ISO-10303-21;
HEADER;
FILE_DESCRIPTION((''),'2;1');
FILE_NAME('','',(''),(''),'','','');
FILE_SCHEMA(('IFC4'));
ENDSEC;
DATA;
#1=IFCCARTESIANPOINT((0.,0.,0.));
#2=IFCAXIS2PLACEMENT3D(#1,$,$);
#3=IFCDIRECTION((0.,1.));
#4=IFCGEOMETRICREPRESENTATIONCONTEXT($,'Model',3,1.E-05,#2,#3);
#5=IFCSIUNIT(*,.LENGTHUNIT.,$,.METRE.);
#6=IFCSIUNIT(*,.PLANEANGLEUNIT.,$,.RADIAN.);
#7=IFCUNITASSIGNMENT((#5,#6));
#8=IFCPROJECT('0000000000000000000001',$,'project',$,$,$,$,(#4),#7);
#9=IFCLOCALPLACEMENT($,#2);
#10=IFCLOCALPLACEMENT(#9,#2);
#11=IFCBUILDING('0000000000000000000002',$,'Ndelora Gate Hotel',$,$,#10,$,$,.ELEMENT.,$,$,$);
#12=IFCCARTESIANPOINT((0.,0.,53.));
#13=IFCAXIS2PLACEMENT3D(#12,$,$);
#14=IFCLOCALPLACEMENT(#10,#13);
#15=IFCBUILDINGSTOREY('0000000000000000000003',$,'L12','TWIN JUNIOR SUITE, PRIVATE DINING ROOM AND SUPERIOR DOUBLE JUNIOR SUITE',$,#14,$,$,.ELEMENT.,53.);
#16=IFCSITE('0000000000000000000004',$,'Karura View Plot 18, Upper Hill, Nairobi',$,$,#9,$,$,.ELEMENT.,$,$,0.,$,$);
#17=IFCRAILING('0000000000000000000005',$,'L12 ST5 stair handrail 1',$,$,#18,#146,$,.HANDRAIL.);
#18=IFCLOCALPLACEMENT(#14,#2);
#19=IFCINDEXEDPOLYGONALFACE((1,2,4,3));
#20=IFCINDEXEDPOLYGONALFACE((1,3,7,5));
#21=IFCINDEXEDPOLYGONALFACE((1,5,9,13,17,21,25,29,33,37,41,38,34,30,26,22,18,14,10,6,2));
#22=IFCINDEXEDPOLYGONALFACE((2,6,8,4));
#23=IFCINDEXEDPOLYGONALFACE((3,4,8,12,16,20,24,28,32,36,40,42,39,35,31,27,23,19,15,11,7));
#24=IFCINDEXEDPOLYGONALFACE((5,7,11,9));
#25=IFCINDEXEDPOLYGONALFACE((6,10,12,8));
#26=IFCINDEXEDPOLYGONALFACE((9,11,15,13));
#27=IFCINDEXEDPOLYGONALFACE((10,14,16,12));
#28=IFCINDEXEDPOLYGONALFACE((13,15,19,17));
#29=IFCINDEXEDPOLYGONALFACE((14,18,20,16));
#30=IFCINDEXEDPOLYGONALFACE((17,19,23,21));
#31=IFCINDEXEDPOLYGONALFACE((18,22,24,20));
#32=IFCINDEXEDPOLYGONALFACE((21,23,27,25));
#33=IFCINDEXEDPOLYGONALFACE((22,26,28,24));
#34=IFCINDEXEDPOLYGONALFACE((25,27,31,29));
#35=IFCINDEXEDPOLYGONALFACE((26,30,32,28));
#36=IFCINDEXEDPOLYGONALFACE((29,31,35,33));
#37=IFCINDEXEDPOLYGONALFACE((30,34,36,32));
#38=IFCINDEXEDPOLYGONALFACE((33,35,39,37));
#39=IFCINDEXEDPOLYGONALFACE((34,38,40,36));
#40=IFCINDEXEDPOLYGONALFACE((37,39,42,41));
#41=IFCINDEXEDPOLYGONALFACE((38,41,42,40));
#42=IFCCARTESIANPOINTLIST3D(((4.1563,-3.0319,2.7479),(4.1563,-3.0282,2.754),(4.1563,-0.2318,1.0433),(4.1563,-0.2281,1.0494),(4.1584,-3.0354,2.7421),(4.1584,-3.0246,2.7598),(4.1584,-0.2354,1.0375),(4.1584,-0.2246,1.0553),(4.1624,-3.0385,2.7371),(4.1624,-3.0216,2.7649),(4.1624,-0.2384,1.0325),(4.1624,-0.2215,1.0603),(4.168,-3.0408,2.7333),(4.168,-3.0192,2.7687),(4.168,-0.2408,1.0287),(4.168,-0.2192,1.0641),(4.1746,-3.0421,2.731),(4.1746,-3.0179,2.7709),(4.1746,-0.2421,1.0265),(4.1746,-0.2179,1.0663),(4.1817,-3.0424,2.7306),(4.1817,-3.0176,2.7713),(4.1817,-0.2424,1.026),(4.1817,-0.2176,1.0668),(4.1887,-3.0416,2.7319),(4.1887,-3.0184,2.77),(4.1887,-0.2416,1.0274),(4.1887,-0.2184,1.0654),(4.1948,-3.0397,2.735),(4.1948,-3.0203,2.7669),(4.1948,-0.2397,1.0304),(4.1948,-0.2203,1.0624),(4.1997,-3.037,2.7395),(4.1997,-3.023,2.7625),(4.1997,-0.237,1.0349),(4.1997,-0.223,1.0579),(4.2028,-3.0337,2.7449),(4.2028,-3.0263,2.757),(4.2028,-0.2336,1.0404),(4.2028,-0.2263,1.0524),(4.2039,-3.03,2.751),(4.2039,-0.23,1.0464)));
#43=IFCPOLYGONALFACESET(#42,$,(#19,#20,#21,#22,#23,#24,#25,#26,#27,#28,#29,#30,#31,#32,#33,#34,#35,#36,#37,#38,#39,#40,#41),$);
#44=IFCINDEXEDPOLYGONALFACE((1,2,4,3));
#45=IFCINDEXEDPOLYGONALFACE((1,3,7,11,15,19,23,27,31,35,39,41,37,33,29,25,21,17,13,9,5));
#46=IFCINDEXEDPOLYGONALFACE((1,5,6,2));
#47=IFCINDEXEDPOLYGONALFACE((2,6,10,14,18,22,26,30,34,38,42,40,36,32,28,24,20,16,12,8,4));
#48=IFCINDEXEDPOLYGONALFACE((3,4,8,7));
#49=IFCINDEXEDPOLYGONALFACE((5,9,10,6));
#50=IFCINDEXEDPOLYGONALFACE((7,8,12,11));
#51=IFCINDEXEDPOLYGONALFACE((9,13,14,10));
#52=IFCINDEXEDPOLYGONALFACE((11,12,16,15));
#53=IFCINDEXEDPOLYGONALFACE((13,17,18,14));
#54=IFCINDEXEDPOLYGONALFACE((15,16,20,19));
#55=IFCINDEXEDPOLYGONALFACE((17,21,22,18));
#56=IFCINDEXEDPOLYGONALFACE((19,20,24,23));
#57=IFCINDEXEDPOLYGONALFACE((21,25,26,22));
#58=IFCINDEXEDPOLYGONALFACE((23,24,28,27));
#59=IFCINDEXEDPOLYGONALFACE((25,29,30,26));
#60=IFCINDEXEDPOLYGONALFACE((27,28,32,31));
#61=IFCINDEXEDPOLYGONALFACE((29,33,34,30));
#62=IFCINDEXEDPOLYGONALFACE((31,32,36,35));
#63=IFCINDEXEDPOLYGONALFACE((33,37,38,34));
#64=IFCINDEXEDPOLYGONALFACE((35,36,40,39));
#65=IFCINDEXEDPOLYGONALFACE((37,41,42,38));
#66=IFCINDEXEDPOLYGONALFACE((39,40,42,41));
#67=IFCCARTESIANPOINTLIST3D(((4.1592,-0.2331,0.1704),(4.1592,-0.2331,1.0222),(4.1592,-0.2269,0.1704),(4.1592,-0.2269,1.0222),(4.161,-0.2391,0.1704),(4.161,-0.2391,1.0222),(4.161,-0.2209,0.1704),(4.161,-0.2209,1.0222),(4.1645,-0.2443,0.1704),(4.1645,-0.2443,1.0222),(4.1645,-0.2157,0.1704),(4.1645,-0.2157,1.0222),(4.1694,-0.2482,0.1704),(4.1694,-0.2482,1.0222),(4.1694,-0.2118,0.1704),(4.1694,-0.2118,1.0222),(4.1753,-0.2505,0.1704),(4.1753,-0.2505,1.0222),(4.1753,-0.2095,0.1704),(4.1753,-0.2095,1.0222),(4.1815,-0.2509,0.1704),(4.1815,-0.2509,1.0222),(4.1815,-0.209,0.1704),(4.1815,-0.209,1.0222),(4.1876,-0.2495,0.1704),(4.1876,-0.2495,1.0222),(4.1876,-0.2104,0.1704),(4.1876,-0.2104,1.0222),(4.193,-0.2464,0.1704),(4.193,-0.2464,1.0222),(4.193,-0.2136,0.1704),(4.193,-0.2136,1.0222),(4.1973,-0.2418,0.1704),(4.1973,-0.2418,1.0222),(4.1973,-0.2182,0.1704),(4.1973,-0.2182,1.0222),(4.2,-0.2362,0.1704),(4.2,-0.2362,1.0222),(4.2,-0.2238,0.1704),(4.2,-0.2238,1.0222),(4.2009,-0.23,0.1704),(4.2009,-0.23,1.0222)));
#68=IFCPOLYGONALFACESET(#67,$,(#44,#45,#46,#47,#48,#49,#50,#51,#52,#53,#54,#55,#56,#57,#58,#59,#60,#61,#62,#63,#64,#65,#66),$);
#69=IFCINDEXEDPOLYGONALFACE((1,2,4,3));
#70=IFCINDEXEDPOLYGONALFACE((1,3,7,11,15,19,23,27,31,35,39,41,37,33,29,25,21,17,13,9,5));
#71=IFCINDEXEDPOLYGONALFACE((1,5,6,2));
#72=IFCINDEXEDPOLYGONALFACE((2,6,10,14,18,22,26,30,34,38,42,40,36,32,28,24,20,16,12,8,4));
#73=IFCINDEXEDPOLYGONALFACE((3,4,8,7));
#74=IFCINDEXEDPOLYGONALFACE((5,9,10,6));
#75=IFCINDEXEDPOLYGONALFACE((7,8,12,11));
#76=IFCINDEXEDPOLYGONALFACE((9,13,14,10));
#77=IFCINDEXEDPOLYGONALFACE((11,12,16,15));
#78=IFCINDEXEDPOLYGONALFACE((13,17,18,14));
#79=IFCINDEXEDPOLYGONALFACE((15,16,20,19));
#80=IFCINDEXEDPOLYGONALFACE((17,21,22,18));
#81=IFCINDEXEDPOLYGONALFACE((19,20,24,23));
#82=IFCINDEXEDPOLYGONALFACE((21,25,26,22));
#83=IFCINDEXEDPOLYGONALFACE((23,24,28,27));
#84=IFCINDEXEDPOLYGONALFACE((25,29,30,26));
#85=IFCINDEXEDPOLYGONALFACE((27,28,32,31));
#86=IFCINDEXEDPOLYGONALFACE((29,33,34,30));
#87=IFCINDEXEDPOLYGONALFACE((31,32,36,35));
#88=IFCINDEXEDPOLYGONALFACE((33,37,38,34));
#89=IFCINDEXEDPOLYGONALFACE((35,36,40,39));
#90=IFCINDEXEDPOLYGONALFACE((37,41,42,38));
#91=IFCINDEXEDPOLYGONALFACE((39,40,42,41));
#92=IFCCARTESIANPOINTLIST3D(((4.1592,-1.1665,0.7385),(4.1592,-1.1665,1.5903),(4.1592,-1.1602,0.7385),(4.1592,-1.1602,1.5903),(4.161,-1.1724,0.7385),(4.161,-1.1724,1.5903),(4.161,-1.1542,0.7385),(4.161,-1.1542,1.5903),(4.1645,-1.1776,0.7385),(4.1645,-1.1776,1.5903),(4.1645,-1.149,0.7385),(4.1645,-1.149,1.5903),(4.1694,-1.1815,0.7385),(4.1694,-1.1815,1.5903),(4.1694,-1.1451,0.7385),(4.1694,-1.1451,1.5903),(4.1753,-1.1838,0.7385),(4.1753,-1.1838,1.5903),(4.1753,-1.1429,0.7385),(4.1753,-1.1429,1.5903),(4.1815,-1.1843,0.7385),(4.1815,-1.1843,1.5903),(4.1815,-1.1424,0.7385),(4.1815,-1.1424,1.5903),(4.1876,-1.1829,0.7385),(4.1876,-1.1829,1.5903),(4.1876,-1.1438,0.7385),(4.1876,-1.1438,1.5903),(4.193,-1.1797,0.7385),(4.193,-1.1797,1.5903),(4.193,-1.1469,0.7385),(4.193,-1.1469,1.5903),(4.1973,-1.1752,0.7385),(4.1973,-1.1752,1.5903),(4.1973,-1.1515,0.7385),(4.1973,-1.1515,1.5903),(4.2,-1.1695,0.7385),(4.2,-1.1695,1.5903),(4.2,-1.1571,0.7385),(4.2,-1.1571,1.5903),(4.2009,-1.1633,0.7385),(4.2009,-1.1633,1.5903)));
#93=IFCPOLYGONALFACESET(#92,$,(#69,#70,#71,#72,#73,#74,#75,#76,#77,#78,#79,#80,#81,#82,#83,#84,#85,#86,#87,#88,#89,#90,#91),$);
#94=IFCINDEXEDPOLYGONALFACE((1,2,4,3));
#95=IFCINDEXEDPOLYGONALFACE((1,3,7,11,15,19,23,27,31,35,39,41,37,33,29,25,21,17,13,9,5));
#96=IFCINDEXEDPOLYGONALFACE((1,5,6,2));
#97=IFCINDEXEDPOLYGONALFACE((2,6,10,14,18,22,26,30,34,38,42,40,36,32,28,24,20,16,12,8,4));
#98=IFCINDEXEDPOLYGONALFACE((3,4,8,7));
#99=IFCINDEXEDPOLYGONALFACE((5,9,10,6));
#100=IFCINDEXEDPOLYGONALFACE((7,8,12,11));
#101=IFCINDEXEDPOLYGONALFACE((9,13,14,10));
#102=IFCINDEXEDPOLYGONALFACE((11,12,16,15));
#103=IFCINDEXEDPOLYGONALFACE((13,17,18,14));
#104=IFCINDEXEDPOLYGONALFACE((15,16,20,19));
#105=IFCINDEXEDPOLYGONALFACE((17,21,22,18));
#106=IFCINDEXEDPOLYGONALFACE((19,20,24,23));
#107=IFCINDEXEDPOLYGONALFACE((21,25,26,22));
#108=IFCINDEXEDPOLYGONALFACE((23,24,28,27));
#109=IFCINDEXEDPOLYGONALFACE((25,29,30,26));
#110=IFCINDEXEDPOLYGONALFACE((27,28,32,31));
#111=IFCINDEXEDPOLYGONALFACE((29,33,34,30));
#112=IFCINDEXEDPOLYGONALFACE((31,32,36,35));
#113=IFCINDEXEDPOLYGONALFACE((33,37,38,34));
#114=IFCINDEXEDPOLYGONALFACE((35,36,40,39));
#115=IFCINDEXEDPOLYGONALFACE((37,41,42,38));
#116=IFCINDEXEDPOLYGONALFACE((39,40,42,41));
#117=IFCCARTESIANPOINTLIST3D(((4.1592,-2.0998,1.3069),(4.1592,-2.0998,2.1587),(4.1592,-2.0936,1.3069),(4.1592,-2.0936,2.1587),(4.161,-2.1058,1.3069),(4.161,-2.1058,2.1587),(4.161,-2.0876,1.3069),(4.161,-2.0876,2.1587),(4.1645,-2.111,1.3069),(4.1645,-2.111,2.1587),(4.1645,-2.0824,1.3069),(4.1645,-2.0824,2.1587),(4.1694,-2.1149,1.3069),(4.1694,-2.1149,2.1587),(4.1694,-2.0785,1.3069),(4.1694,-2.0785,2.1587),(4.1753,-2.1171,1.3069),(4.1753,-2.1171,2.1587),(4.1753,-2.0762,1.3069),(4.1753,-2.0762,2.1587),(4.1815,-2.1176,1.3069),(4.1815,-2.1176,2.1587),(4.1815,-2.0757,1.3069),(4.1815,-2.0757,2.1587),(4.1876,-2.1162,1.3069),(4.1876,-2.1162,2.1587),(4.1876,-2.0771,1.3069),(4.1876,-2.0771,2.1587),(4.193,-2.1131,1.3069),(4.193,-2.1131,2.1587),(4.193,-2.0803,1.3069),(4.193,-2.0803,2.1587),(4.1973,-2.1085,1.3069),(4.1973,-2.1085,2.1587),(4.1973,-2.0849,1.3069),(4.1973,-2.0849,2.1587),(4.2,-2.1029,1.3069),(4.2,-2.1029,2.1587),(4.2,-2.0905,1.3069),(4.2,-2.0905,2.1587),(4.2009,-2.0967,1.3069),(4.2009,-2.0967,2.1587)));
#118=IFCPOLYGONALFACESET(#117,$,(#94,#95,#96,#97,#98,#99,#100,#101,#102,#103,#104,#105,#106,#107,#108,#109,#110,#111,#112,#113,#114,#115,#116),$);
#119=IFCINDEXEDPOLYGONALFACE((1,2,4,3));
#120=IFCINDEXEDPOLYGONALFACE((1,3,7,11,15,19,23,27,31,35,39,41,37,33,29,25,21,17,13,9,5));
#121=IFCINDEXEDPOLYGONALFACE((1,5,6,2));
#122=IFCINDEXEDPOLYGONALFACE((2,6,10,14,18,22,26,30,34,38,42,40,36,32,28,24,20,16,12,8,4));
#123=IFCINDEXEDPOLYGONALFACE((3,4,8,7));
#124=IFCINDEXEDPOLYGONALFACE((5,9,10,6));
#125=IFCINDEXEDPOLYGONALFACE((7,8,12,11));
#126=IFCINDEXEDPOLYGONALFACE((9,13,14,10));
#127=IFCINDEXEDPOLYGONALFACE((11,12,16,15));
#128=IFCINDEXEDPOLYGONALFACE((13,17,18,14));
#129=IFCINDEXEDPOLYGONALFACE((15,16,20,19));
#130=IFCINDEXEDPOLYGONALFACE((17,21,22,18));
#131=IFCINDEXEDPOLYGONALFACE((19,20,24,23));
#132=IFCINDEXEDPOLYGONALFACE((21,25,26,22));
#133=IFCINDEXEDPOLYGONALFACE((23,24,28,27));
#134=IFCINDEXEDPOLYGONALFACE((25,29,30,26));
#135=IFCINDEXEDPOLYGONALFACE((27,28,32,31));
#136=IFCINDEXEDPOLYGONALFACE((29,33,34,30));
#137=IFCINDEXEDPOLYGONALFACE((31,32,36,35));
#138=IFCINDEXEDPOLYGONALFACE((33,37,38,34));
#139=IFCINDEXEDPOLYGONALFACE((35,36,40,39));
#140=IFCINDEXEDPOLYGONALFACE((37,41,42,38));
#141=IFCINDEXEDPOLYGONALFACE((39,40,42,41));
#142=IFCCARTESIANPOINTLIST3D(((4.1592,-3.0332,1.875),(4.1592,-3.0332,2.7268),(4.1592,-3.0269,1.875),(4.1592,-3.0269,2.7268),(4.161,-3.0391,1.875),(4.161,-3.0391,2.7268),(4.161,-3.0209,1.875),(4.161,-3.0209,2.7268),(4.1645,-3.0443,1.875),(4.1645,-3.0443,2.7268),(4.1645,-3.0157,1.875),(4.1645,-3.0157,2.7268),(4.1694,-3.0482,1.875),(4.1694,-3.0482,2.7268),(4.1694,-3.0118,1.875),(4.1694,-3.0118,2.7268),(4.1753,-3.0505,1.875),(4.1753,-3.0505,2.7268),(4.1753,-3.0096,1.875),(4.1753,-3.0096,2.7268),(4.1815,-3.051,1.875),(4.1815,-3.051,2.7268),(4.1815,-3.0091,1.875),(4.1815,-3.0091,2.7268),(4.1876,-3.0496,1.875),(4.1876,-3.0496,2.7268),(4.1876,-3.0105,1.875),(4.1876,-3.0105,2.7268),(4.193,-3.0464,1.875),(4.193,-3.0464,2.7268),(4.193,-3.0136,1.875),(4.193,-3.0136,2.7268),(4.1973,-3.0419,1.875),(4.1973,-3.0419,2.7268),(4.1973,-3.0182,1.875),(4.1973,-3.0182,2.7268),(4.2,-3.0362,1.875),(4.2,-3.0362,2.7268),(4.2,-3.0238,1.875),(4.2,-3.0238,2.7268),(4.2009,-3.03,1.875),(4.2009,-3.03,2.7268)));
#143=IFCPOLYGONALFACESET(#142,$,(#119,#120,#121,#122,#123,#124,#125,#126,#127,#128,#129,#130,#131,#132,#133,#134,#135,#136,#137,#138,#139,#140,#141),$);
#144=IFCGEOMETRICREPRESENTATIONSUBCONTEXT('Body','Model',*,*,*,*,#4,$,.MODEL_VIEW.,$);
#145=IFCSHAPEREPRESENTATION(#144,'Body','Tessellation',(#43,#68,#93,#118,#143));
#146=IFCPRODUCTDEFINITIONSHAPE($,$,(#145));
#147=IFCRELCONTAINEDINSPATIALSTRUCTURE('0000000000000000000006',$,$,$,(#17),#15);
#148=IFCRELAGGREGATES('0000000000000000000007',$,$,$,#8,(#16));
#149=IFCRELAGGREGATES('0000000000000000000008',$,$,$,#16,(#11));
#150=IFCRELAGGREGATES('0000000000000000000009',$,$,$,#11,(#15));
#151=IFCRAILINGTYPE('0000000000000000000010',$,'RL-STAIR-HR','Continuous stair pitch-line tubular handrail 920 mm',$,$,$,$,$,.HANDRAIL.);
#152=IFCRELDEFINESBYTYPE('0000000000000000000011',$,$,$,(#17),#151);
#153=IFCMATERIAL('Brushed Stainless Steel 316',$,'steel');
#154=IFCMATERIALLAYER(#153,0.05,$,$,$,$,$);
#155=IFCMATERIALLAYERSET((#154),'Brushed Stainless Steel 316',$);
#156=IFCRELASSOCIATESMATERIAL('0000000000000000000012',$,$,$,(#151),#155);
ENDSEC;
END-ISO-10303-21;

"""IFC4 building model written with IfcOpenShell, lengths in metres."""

from ifc_helpers import new_model, si_unit, direction, frame, origin, origin_2d, place, context, subcontext, project, spatial, circle, extrude, material, layer, layer_set, type_object, element, save


model = new_model("IFC4")

# Units and contexts
model_context = context("Model", 3, precision=1e-05, world=origin(), true_north=direction((0.0, 1.0)))
body_context = subcontext(model_context, "Body", "Model", "MODEL_VIEW")
ifc_project = project(units=[si_unit("LENGTHUNIT", "METRE"), si_unit("PLANEANGLEUNIT", "RADIAN")], contexts=[model_context])

# Site, building, storey
site_placement = place(None, origin())
site = spatial("IfcSite", under=ifc_project, at=site_placement, Name="Karura View Plot 18, Upper Hill, Nairobi", CompositionType="ELEMENT", RefElevation=0.0)
building_placement = place(site_placement, origin())
building = spatial("IfcBuilding", under=site, at=building_placement, Name="Ndelora Gate Hotel", CompositionType="ELEMENT")
storey_placement = place(building_placement, frame((0.0, 0.0, 53.0)))
storey = spatial("IfcBuildingStorey", under=building, at=storey_placement, Name="L12", Description="TWIN JUNIOR SUITE, PRIVATE DINING ROOM AND SUPERIOR DOUBLE JUNIOR SUITE", CompositionType="ELEMENT", Elevation=53.0)

# Railing
ifc_material_1 = material(Name="Brushed Stainless Steel 316", Category="steel")
ifc_layer_1 = layer(ifc_material_1, 0.05)
ifc_layer_set_1 = layer_set([ifc_layer_1], Name="Brushed Stainless Steel 316")
railing_type_1 = type_object("IfcRailingType", Name="RL-STAIR-HR", Description="Continuous stair pitch-line tubular handrail 920 mm", PredefinedType="HANDRAIL", material=ifc_layer_set_1)
railing_1_placement = place(storey_placement, frame((4.1799, -0.23, 0.1704)))
element("IfcRailing", 1, at=railing_1_placement, inside=storey, type_object=railing_type_1, Name="L12 ST5 stair handrail 1", PredefinedType="HANDRAIL", context=body_context, shape_type="SweptSolid", body=[
    extrude(circle(Radius=0.0239, at=origin_2d()), frame((0.0, 0.0, 0.876), z_axis=(0.0, -0.85417, 0.519994), x_axis=(1.0, 0.0, 0.0)), (0.0, 0.0, 1.0), 3.2781),
    extrude(circle(Radius=0.021, at=origin_2d()), origin(), (0.0, 0.0, 1.0), 0.8518),
    extrude(circle(Radius=0.021, at=origin_2d()), frame((0.0, -0.9333, 0.5681)), (0.0, 0.0, 1.0), 0.8518),
    extrude(circle(Radius=0.021, at=origin_2d()), frame((0.0, -1.8667, 1.1365)), (0.0, 0.0, 1.0), 0.8518),
    extrude(circle(Radius=0.021, at=origin_2d()), frame((0.0, -2.8, 1.7046)), (0.0, 0.0, 1.0), 0.8518),
])

save(model, "model.ifc")
